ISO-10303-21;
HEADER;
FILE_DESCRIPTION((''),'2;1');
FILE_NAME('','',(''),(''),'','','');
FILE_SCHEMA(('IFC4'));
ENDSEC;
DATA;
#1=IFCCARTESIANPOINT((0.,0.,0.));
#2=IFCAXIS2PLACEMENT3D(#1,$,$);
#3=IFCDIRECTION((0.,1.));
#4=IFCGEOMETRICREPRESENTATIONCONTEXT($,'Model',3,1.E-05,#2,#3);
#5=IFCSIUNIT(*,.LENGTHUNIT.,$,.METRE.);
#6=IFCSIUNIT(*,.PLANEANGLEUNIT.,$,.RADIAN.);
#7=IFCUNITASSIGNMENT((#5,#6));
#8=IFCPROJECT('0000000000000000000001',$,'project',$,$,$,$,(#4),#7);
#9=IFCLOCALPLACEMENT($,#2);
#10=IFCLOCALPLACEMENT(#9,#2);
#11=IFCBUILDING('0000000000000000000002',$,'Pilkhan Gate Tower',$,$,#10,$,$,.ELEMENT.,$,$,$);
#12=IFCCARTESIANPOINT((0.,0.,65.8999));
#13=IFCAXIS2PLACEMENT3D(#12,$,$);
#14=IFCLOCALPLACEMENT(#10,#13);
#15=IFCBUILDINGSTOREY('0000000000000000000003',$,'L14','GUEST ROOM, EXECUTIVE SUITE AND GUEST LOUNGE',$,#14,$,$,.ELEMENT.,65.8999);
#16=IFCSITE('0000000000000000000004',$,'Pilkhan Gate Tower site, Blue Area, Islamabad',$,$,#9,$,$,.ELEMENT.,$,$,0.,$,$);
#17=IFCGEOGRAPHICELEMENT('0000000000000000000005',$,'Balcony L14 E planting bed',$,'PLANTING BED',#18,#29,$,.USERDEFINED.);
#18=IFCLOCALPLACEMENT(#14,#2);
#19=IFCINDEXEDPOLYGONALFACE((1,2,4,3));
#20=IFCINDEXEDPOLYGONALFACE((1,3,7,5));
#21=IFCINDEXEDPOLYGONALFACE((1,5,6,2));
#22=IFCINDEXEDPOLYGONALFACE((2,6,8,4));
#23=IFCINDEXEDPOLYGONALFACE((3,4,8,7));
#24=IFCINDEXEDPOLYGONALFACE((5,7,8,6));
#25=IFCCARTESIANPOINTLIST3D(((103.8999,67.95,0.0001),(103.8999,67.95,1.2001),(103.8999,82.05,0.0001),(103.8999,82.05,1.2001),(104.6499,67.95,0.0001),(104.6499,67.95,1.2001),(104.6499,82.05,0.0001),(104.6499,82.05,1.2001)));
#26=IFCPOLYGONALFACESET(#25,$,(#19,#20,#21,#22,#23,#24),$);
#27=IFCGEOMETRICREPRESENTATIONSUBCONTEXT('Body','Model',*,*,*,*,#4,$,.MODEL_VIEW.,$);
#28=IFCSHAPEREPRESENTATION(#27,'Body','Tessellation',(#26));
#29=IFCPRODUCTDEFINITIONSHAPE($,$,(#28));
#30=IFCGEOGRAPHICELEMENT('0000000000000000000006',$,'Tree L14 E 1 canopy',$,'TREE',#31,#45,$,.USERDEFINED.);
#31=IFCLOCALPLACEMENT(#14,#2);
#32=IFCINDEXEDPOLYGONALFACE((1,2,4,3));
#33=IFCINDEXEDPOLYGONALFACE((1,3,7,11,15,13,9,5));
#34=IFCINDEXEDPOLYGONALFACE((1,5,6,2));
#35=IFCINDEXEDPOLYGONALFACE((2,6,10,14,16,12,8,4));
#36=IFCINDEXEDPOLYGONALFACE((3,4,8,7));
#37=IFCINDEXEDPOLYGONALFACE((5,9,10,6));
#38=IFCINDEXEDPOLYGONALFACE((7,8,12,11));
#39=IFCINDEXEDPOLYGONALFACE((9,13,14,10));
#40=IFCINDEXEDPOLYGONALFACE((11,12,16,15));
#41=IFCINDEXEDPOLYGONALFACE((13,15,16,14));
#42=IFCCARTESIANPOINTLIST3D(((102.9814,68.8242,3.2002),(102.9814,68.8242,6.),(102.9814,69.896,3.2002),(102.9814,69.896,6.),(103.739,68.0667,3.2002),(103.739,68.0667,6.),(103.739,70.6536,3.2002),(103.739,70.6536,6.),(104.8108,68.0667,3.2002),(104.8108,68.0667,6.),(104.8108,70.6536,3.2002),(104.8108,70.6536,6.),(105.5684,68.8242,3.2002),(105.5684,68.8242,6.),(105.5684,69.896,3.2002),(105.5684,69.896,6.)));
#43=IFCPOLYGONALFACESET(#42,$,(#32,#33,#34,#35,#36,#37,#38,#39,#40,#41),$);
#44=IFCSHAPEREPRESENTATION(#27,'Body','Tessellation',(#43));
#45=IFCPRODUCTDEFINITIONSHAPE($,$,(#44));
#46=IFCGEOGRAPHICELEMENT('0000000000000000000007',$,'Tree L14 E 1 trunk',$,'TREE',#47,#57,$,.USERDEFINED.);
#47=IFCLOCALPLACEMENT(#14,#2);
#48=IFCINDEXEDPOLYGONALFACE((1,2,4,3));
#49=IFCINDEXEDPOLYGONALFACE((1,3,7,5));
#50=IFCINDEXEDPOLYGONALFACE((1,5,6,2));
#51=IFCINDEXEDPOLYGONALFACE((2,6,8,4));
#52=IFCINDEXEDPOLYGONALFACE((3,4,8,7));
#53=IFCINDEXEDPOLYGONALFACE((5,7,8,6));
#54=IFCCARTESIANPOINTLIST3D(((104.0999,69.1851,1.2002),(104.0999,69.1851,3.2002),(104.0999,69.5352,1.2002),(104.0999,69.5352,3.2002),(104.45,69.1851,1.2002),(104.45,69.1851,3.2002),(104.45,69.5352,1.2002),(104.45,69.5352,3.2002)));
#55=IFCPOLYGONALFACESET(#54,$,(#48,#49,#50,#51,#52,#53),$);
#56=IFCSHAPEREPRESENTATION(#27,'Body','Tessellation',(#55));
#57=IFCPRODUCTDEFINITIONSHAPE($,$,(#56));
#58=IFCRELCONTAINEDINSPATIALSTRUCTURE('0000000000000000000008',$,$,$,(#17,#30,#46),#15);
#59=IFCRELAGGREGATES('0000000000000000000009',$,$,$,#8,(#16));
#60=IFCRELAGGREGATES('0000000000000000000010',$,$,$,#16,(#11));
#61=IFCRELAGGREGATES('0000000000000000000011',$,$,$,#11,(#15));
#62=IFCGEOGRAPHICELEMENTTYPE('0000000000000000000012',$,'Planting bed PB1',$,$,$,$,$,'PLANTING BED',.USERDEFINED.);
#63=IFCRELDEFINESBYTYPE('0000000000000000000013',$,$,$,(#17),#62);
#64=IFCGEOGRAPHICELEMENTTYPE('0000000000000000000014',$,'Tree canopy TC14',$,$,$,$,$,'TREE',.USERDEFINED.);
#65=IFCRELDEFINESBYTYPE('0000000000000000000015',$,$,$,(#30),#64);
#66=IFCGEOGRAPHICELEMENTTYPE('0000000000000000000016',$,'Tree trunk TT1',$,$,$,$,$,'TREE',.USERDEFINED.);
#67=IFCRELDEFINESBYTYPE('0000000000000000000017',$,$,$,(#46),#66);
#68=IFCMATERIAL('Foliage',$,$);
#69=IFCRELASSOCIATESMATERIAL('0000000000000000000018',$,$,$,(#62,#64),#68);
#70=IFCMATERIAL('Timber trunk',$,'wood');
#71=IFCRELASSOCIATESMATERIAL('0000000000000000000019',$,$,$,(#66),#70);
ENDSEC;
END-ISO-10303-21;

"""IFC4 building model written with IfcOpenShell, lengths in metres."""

from ifc_helpers import new_model, si_unit, direction, frame, origin, origin_2d, place, context, subcontext, project, spatial, polyline, rectangle, outline, extrude, material, material_profile, profile_set, type_object, element, save


model = new_model("IFC4")

# Units and contexts
model_context = context("Model", 3, precision=1e-05, world=origin(), true_north=direction((0.0, 1.0)))
body_context = subcontext(model_context, "Body", "Model", "MODEL_VIEW")
ifc_project = project(units=[si_unit("LENGTHUNIT", "METRE"), si_unit("PLANEANGLEUNIT", "RADIAN")], contexts=[model_context])

# Site, building, storey
site_placement = place(None, origin())
site = spatial("IfcSite", under=ifc_project, at=site_placement, Name="Pilkhan Gate Tower site, Blue Area, Islamabad", CompositionType="ELEMENT", RefElevation=0.0)
building_placement = place(site_placement, origin())
building = spatial("IfcBuilding", under=site, at=building_placement, Name="Pilkhan Gate Tower", CompositionType="ELEMENT")
storey_placement = place(building_placement, frame((0.0, 0.0, 65.8999)))
storey = spatial("IfcBuildingStorey", under=building, at=storey_placement, Name="L14", Description="GUEST ROOM, EXECUTIVE SUITE AND GUEST LOUNGE", CompositionType="ELEMENT", Elevation=65.8999)

# Geographic elements
ifc_material_1 = material(Name="Foliage")
ifc_material_profile_1 = material_profile(ifc_material_1, rectangle(XDim=0.75, YDim=1.2, at=origin_2d()), Name="Bed 750x1200")
ifc_profile_set_1 = profile_set([ifc_material_profile_1], Name="Foliage")
geographic_element_type_1 = type_object("IfcGeographicElementType", Name="Planting bed PB1", ElementType="PLANTING BED", PredefinedType="USERDEFINED", material=ifc_profile_set_1)
geographic_element_1_placement = place(storey_placement, frame((104.2749, 67.95, 0.6001), z_axis=(0.0, 1.0, 0.0), x_axis=(-1.0, 0.0, 0.0)))
element("IfcGeographicElement", 1, at=geographic_element_1_placement, inside=storey, type_object=geographic_element_type_1, Name="Balcony L14 E planting bed", ObjectType="PLANTING BED", PredefinedType="USERDEFINED", context=body_context, shape_type="SweptSolid", body=[
    extrude(rectangle(XDim=0.75, YDim=1.2, at=origin_2d()), origin(), (0.0, 0.0, 1.0), 14.1001),
])
ifc_material_profile_2 = material_profile(ifc_material_1, outline(polyline([(1.2935, 0.5359), (0.5359, 1.2935), (-0.5359, 1.2935), (-1.2935, 0.5359), (-1.2935, -0.5359), (-0.5359, -1.2935), (0.5359, -1.2935), (1.2935, -0.5359), (1.2935, 0.5359)])), Name="Canopy D2.8")
ifc_profile_set_2 = profile_set([ifc_material_profile_2], Name="Foliage")
geographic_element_type_2 = type_object("IfcGeographicElementType", Name="Tree canopy TC14", ElementType="TREE", PredefinedType="USERDEFINED", material=ifc_profile_set_2)
geographic_element_2_placement = place(storey_placement, frame((104.2749, 69.3601, 3.2002), z_axis=(0.0, 0.0, 1.0), x_axis=(1.0, 0.0, 0.0)))
element("IfcGeographicElement", 2, at=geographic_element_2_placement, inside=storey, type_object=geographic_element_type_2, Name="Tree L14 E 1 canopy", ObjectType="TREE", PredefinedType="USERDEFINED", context=body_context, shape_type="SweptSolid", body=[
    extrude(outline(polyline([(1.2935, 0.5359), (0.5359, 1.2935), (-0.5359, 1.2935), (-1.2935, 0.5359), (-1.2935, -0.5359), (-0.5359, -1.2935), (0.5359, -1.2935), (1.2935, -0.5359), (1.2935, 0.5359)])), origin(), (0.0, 0.0, 1.0), 2.7998),
])
ifc_material_2 = material(Name="Timber trunk", Category="wood")
geographic_element_type_3 = type_object("IfcGeographicElementType", Name="Tree trunk TT1", ElementType="TREE", PredefinedType="USERDEFINED", material=ifc_material_2)
geographic_element_3_placement = place(storey_placement, frame((104.2749, 69.3601, 1.2002), z_axis=(0.0, 0.0, 1.0), x_axis=(1.0, 0.0, 0.0)))
element("IfcGeographicElement", 3, at=geographic_element_3_placement, inside=storey, type_object=geographic_element_type_3, Name="Tree L14 E 1 trunk", ObjectType="TREE", PredefinedType="USERDEFINED", context=body_context, shape_type="SweptSolid", body=[
    extrude(rectangle(XDim=0.3501, YDim=0.3501, at=origin_2d()), origin(), (0.0, 0.0, 1.0), 2.0),
])

save(model, "model.ifc")
